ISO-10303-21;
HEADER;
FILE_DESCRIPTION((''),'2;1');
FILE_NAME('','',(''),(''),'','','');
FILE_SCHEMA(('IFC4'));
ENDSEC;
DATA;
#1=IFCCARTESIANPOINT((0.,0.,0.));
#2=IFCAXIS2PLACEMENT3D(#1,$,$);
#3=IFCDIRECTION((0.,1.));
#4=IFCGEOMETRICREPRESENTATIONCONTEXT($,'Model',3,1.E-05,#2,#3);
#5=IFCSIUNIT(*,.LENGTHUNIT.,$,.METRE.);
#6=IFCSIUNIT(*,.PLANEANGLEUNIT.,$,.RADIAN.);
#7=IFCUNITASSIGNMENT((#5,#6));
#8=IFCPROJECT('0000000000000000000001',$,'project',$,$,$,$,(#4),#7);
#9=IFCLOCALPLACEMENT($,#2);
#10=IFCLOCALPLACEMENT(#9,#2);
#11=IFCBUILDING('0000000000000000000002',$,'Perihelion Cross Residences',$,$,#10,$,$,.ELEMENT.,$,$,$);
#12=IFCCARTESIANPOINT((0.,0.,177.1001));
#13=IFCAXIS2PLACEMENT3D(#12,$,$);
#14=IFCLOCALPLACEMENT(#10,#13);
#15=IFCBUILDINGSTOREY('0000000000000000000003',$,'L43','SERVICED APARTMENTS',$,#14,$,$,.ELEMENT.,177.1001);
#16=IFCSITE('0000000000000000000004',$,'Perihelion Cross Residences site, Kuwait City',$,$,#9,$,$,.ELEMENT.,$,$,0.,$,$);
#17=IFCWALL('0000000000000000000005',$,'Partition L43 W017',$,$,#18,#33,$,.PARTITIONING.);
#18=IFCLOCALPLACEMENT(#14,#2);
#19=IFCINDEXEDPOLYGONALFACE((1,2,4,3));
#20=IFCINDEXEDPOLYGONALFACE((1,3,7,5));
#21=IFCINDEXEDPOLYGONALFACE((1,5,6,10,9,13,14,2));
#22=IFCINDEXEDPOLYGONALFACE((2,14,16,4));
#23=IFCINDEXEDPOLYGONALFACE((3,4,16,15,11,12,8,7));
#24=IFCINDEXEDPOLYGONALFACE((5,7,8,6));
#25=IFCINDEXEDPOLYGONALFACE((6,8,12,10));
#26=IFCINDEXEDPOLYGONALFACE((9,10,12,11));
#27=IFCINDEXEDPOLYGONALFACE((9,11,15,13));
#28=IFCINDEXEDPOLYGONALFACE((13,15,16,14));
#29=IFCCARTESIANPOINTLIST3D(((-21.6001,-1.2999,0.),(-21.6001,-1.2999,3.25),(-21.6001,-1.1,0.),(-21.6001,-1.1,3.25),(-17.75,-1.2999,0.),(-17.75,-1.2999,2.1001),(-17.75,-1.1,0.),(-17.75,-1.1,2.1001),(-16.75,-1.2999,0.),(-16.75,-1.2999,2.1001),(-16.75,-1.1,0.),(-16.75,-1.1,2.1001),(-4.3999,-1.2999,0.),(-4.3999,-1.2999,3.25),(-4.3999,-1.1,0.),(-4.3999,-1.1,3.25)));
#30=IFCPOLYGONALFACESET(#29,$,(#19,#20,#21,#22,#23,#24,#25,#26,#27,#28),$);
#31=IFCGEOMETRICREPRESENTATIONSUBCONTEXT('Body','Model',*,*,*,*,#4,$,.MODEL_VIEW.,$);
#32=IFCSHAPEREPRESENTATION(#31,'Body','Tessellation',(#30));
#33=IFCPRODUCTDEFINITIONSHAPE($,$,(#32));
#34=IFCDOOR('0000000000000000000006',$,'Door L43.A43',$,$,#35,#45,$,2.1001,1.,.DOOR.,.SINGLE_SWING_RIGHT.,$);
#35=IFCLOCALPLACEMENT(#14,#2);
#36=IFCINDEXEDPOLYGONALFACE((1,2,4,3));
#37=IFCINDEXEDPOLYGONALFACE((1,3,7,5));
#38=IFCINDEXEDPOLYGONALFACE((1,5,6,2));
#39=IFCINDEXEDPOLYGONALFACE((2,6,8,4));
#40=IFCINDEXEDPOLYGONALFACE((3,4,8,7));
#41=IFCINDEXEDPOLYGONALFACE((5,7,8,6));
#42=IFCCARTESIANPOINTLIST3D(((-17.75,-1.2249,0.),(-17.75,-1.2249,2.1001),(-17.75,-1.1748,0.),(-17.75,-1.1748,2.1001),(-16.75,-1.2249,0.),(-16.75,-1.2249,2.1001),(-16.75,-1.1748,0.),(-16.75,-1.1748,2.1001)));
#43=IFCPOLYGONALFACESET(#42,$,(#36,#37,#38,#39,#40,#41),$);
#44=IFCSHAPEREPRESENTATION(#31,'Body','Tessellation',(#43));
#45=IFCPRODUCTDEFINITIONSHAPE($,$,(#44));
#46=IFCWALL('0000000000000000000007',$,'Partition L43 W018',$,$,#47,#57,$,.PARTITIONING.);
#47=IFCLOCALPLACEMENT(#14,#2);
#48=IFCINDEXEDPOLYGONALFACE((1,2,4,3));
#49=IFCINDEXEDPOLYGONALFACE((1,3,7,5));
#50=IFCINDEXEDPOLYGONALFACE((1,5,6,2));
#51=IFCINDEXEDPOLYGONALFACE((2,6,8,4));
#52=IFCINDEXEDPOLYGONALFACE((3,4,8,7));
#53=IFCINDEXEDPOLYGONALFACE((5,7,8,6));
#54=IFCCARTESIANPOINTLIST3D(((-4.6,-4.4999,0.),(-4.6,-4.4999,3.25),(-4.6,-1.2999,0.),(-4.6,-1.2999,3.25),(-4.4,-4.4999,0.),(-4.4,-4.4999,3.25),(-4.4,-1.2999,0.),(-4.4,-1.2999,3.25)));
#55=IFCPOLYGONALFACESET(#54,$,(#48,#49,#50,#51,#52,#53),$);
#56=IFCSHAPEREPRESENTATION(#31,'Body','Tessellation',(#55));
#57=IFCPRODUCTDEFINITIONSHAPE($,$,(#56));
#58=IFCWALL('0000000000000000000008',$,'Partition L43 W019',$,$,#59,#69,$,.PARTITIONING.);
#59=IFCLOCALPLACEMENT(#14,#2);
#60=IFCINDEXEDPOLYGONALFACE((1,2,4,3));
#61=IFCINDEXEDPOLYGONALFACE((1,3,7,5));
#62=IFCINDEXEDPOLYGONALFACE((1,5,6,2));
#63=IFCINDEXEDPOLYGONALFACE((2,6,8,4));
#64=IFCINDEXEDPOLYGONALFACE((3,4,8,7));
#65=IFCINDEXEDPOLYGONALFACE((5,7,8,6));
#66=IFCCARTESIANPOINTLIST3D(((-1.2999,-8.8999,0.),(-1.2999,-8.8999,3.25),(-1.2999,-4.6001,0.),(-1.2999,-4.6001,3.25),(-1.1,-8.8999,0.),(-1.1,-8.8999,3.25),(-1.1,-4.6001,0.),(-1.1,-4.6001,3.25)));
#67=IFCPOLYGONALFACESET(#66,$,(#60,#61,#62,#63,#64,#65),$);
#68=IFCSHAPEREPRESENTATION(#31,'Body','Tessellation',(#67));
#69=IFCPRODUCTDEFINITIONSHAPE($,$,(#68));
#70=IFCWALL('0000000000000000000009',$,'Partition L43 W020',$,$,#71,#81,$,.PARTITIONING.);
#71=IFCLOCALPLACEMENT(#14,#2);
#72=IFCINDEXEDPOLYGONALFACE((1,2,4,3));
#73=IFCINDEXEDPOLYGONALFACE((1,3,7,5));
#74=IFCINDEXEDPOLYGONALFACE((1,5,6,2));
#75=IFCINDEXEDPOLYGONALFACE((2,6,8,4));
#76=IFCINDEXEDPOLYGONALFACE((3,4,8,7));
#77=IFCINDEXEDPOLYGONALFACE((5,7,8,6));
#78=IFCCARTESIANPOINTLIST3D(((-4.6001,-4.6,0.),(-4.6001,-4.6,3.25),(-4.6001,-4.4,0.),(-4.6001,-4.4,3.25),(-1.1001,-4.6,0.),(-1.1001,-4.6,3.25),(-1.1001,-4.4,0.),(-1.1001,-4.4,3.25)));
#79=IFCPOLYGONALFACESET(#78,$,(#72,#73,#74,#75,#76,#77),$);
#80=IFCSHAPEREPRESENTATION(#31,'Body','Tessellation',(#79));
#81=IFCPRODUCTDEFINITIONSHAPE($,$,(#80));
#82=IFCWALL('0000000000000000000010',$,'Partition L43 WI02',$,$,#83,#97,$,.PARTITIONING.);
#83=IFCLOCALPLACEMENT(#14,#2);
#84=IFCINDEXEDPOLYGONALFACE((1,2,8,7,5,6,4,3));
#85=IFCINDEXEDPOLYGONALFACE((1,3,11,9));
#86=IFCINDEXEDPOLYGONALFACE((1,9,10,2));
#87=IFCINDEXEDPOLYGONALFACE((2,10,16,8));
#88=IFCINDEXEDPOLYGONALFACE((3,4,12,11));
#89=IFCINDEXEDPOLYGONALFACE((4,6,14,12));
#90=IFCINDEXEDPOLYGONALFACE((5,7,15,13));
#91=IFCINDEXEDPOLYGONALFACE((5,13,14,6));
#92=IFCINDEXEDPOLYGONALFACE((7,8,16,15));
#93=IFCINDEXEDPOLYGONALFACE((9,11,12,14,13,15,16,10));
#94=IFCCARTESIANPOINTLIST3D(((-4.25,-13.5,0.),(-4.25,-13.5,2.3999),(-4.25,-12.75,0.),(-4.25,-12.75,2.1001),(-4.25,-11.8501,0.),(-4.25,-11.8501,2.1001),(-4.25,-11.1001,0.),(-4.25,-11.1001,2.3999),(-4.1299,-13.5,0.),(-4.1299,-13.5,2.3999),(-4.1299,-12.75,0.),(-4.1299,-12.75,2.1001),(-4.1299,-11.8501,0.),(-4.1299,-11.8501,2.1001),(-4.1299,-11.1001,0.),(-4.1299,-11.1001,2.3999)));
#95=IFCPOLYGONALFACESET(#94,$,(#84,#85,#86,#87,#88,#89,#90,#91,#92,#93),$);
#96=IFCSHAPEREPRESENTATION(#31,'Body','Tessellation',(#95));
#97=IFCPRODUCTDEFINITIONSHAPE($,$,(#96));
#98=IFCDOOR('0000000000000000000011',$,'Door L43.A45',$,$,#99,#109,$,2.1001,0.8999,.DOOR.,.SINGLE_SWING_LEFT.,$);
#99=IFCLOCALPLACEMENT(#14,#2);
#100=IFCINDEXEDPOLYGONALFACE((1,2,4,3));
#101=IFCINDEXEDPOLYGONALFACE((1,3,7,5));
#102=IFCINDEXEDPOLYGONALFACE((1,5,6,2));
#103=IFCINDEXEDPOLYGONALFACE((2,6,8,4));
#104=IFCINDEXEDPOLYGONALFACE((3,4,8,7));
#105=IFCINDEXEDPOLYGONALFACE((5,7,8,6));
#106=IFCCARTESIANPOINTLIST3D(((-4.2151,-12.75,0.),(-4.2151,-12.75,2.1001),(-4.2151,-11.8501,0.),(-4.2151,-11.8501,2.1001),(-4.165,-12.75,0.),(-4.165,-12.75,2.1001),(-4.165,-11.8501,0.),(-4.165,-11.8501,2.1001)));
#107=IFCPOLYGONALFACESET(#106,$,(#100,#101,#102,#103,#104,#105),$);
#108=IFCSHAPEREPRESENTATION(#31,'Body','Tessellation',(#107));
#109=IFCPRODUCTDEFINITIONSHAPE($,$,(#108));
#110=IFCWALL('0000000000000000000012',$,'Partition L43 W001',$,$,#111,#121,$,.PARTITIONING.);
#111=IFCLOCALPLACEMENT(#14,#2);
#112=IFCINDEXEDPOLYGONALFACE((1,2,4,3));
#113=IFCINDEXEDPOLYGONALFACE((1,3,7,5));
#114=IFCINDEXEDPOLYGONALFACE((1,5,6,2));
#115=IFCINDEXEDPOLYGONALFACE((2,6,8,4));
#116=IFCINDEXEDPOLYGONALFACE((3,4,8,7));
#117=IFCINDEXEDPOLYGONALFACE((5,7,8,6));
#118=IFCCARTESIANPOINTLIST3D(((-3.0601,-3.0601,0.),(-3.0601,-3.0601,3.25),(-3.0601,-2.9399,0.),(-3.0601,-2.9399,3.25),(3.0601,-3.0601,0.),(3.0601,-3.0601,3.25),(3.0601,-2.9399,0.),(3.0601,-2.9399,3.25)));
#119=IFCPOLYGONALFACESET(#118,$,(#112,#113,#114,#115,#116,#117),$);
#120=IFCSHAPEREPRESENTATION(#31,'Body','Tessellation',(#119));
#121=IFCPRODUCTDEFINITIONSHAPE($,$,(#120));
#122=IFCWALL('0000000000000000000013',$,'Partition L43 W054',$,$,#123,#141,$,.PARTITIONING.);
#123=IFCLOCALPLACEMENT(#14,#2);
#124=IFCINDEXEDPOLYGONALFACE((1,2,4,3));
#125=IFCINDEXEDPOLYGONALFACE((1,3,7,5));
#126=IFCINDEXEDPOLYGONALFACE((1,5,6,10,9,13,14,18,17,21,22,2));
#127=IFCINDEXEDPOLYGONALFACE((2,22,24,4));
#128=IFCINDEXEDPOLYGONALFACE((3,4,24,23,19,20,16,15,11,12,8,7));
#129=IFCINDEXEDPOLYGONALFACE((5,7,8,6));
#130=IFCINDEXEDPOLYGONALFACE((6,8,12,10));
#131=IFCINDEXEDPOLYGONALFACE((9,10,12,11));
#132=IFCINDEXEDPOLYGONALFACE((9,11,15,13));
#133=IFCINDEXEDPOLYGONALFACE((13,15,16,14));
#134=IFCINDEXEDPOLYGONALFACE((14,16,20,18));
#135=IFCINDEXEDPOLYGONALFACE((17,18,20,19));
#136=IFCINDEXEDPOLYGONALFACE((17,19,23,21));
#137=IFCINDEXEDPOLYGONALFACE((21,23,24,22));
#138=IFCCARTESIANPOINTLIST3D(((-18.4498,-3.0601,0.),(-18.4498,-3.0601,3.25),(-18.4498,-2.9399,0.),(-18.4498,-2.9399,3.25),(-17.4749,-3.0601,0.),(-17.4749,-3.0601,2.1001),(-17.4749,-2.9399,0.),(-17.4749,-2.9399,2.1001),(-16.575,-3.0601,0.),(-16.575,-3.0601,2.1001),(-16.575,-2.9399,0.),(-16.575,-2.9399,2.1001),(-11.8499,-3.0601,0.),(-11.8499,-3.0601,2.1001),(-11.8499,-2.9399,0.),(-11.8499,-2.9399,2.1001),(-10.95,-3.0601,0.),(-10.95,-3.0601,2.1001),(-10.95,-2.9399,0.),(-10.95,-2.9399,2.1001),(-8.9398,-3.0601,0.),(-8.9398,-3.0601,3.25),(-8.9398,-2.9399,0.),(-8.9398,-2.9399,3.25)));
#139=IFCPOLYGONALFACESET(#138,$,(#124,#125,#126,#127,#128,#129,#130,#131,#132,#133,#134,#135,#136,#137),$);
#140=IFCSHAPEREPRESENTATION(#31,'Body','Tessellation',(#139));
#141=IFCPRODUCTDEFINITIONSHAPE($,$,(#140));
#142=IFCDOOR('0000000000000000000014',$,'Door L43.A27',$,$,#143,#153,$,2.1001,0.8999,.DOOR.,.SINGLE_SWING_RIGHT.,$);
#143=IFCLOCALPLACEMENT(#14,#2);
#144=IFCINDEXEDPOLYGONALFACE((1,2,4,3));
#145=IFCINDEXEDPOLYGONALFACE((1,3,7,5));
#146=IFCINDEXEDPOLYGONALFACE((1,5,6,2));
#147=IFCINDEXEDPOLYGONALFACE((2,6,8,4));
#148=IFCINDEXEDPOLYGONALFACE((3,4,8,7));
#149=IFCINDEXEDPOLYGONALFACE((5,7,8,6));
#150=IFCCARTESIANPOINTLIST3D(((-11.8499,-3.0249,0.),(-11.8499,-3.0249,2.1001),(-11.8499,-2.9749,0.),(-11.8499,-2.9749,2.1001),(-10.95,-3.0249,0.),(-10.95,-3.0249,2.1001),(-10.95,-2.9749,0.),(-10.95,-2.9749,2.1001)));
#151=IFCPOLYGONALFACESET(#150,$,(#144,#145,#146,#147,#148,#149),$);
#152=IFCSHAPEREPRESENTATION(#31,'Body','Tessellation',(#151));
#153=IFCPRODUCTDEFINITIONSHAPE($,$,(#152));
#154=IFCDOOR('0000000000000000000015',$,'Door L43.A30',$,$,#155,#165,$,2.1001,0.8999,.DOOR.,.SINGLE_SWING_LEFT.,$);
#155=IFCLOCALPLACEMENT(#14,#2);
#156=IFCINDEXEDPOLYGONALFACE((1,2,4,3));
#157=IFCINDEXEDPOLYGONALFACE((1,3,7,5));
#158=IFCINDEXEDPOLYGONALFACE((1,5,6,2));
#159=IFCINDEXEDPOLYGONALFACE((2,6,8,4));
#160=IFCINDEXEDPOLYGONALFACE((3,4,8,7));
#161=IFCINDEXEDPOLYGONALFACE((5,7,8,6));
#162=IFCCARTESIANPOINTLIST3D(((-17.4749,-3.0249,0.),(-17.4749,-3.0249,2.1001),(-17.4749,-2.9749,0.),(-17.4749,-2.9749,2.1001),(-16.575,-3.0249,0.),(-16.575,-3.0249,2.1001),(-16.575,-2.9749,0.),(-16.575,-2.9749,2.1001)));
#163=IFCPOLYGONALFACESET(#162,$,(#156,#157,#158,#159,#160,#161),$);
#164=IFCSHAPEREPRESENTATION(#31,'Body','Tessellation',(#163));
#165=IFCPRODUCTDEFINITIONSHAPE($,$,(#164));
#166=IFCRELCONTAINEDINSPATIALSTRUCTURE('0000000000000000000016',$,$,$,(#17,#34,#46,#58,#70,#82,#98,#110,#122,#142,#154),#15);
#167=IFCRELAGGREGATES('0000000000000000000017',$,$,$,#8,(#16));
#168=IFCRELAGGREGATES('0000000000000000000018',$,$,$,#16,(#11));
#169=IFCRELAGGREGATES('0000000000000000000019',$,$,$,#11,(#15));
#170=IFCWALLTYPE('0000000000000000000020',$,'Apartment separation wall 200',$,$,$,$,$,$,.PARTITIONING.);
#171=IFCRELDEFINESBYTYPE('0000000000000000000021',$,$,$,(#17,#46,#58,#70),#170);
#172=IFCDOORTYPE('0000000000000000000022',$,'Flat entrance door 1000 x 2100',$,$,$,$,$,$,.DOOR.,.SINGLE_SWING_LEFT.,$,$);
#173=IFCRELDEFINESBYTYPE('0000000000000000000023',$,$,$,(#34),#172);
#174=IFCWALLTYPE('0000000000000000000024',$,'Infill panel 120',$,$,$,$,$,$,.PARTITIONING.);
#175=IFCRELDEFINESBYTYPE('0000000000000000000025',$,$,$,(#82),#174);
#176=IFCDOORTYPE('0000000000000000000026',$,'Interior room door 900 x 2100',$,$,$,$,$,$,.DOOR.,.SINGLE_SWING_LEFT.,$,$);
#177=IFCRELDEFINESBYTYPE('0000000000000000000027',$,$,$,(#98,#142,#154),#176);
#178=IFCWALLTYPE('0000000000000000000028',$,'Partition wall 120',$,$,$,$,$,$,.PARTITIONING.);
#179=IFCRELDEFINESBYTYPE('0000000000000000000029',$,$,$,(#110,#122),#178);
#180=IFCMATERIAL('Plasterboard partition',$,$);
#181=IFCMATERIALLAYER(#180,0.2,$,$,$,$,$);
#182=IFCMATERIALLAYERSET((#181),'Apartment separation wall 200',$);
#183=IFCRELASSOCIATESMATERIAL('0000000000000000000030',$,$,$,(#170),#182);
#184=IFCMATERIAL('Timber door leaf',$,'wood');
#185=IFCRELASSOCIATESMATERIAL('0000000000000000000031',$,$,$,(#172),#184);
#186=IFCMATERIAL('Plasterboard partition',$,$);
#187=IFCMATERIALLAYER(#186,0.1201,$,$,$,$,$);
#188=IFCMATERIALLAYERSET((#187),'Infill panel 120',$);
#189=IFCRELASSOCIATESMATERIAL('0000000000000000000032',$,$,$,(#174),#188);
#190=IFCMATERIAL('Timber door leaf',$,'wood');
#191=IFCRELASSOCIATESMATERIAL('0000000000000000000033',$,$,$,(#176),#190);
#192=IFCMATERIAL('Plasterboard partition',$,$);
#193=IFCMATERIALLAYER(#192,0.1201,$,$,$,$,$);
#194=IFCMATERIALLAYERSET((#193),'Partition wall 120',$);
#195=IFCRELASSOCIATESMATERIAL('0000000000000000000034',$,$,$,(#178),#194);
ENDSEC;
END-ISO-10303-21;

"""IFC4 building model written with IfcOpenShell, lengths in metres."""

from ifc_helpers import new_model, si_unit, direction, frame, frame_2d, origin, place, context, subcontext, project, spatial, rectangle, extrude, material, layer, layer_set, type_object, element, fill, save


model = new_model("IFC4")

# Units and contexts
model_context = context("Model", 3, precision=1e-05, world=origin(), true_north=direction((0.0, 1.0)))
body_context = subcontext(model_context, "Body", "Model", "MODEL_VIEW")
ifc_project = project(units=[si_unit("LENGTHUNIT", "METRE"), si_unit("PLANEANGLEUNIT", "RADIAN")], contexts=[model_context])

# Site, building, storey
site_placement = place(None, origin())
site = spatial("IfcSite", under=ifc_project, at=site_placement, Name="Perihelion Cross Residences site, Kuwait City", CompositionType="ELEMENT", RefElevation=0.0)
building_placement = place(site_placement, origin())
building = spatial("IfcBuilding", under=site, at=building_placement, Name="Perihelion Cross Residences", CompositionType="ELEMENT")
storey_placement = place(building_placement, frame((0.0, 0.0, 177.1001)))
storey = spatial("IfcBuildingStorey", under=building, at=storey_placement, Name="L43", Description="SERVICED APARTMENTS", CompositionType="ELEMENT", Elevation=177.1001)

# Wall, opening, door
ifc_material_1 = material(Name="Plasterboard partition")
ifc_layer_1 = layer(ifc_material_1, 0.2)
ifc_layer_set_1 = layer_set([ifc_layer_1], Name="Apartment separation wall 200")
wall_type_1 = type_object("IfcWallType", Name="Apartment separation wall 200", PredefinedType="PARTITIONING", material=ifc_layer_set_1)
wall_1_placement = place(storey_placement, frame((-4.3999, -1.2, 0.0), z_axis=(0.0, 0.0, 1.0), x_axis=(-1.0, 0.0, 0.0)))
wall_1 = element("IfcWall", 1, at=wall_1_placement, inside=storey, type_object=wall_type_1, Name="Partition L43 W017", PredefinedType="PARTITIONING", context=body_context, shape_type="SweptSolid", body=[
    extrude(rectangle(XDim=17.2002, YDim=0.2, at=frame_2d((8.6001, 0.0))), origin(), (0.0, 0.0, 1.0), 3.25),
])
opening_1_placement = place(wall_1_placement, frame((12.3501, 0.0, 0.0)))
opening_1 = element("IfcOpeningElement", 2, at=opening_1_placement, cuts=wall_1, PredefinedType="OPENING", context=body_context, shape_type="SweptSolid", body=[
    extrude(rectangle(XDim=1.0, YDim=2.1001, at=frame_2d((0.5, 1.05))), frame((0.0, 0.1099, 0.0), z_axis=(0.0, -1.0, 0.0), x_axis=(1.0, 0.0, 0.0)), (0.0, 0.0, 1.0), 0.22),
])
ifc_material_2 = material(Name="Timber door leaf", Category="wood")
door_type_1 = type_object("IfcDoorType", Name="Flat entrance door 1000 x 2100", OperationType="SINGLE_SWING_LEFT", PredefinedType="DOOR", material=ifc_material_2)
door_1_placement = place(opening_1_placement, origin())
door_1 = element("IfcDoor", 3, at=door_1_placement, inside=storey, type_object=door_type_1, Name="Door L43.A43", OperationType="SINGLE_SWING_RIGHT", OverallHeight=2.1001, OverallWidth=1.0, PredefinedType="DOOR", context=body_context, shape_type="SweptSolid", body=[
    extrude(rectangle(XDim=1.0, YDim=2.1001, at=frame_2d((0.5, 1.05))), frame((0.0, 0.0249, 0.0), z_axis=(0.0, -1.0, 0.0), x_axis=(1.0, 0.0, 0.0)), (0.0, 0.0, 1.0), 0.05),
])
fill(opening_1, door_1)

# Walls
wall_2_placement = place(storey_placement, frame((-4.5, -4.5, 0.0), z_axis=(0.0, 0.0, 1.0), x_axis=(0.0, 1.0, 0.0)))
element("IfcWall", 4, at=wall_2_placement, inside=storey, type_object=wall_type_1, Name="Partition L43 W018", PredefinedType="PARTITIONING", context=body_context, shape_type="SweptSolid", body=[
    extrude(rectangle(XDim=3.2, YDim=0.2, at=frame_2d((1.6001, 0.0))), origin(), (0.0, 0.0, 1.0), 3.25),
])
wall_3_placement = place(storey_placement, frame((-1.2, -8.8999, 0.0), z_axis=(0.0, 0.0, 1.0), x_axis=(0.0, 1.0, 0.0)))
element("IfcWall", 5, at=wall_3_placement, inside=storey, type_object=wall_type_1, Name="Partition L43 W019", PredefinedType="PARTITIONING", context=body_context, shape_type="SweptSolid", body=[
    extrude(rectangle(XDim=4.2998, YDim=0.2, at=frame_2d((2.1499, 0.0))), origin(), (0.0, 0.0, 1.0), 3.25),
])
wall_4_placement = place(storey_placement, frame((-1.1001, -4.5, 0.0), z_axis=(0.0, 0.0, 1.0), x_axis=(-1.0, 0.0, 0.0)))
element("IfcWall", 6, at=wall_4_placement, inside=storey, type_object=wall_type_1, Name="Partition L43 W020", PredefinedType="PARTITIONING", context=body_context, shape_type="SweptSolid", body=[
    extrude(rectangle(XDim=3.5, YDim=0.2, at=frame_2d((1.75, 0.0))), origin(), (0.0, 0.0, 1.0), 3.25),
])

# Wall, opening, door
ifc_material_3 = material(Name="Plasterboard partition")
ifc_layer_2 = layer(ifc_material_3, 0.1201)
ifc_layer_set_2 = layer_set([ifc_layer_2], Name="Infill panel 120")
wall_type_2 = type_object("IfcWallType", Name="Infill panel 120", PredefinedType="PARTITIONING", material=ifc_layer_set_2)
wall_5_placement = place(storey_placement, frame((-4.1899, -11.1001, 0.0), z_axis=(0.0, 0.0, 1.0), x_axis=(0.0, -1.0, 0.0)))
wall_5 = element("IfcWall", 7, at=wall_5_placement, inside=storey, type_object=wall_type_2, Name="Partition L43 WI02", PredefinedType="PARTITIONING", context=body_context, shape_type="SweptSolid", body=[
    extrude(rectangle(XDim=2.3999, YDim=0.1201, at=frame_2d((1.2, 0.0))), origin(), (0.0, 0.0, 1.0), 2.3999),
])
opening_2_placement = place(wall_5_placement, frame((0.75, 0.0, 0.0)))
opening_2 = element("IfcOpeningElement", 8, at=opening_2_placement, cuts=wall_5, PredefinedType="OPENING", context=body_context, shape_type="SweptSolid", body=[
    extrude(rectangle(XDim=0.8999, YDim=2.1001, at=frame_2d((0.45, 1.05))), frame((0.0, 0.0701, 0.0), z_axis=(0.0, -1.0, 0.0), x_axis=(1.0, 0.0, 0.0)), (0.0, 0.0, 1.0), 0.1401),
])
ifc_material_4 = material(Name="Timber door leaf", Category="wood")
door_type_2 = type_object("IfcDoorType", Name="Interior room door 900 x 2100", OperationType="SINGLE_SWING_LEFT", PredefinedType="DOOR", material=ifc_material_4)
door_2_placement = place(opening_2_placement, origin())
door_2 = element("IfcDoor", 9, at=door_2_placement, inside=storey, type_object=door_type_2, Name="Door L43.A45", OperationType="SINGLE_SWING_LEFT", OverallHeight=2.1001, OverallWidth=0.8999, PredefinedType="DOOR", context=body_context, shape_type="SweptSolid", body=[
    extrude(rectangle(XDim=0.8999, YDim=2.1001, at=frame_2d((0.45, 1.05))), frame((0.0, 0.0249, 0.0), z_axis=(0.0, -1.0, 0.0), x_axis=(1.0, 0.0, 0.0)), (0.0, 0.0, 1.0), 0.05),
])
fill(opening_2, door_2)

# Wall
ifc_material_5 = material(Name="Plasterboard partition")
ifc_layer_3 = layer(ifc_material_5, 0.1201)
ifc_layer_set_3 = layer_set([ifc_layer_3], Name="Partition wall 120")
wall_type_3 = type_object("IfcWallType", Name="Partition wall 120", PredefinedType="PARTITIONING", material=ifc_layer_set_3)
wall_6_placement = place(storey_placement, frame((-3.0601, -3.0, 0.0), z_axis=(0.0, 0.0, 1.0), x_axis=(1.0, 0.0, 0.0)))
element("IfcWall", 10, at=wall_6_placement, inside=storey, type_object=wall_type_3, Name="Partition L43 W001", PredefinedType="PARTITIONING", context=body_context, shape_type="SweptSolid", body=[
    extrude(rectangle(XDim=6.1201, YDim=0.1201, at=frame_2d((3.0601, 0.0))), origin(), (0.0, 0.0, 1.0), 3.25),
])

# Wall, openings, doors
wall_7_placement = place(storey_placement, frame((-8.9399, -3.0, 0.0), z_axis=(0.0, 0.0, 1.0), x_axis=(-1.0, 0.0, 0.0)))
wall_7 = element("IfcWall", 11, at=wall_7_placement, inside=storey, type_object=wall_type_3, Name="Partition L43 W054", PredefinedType="PARTITIONING", context=body_context, shape_type="SweptSolid", body=[
    extrude(rectangle(XDim=9.51, YDim=0.1201, at=frame_2d((4.7549, 0.0))), origin(), (0.0, 0.0, 1.0), 3.25),
])
opening_3_placement = place(wall_7_placement, frame((2.01, 0.0, 0.0)))
opening_3 = element("IfcOpeningElement", 12, at=opening_3_placement, cuts=wall_7, PredefinedType="OPENING", context=body_context, shape_type="SweptSolid", body=[
    extrude(rectangle(XDim=0.8999, YDim=2.1001, at=frame_2d((0.45, 1.05))), frame((0.0, 0.0701, 0.0), z_axis=(0.0, -1.0, 0.0), x_axis=(1.0, 0.0, 0.0)), (0.0, 0.0, 1.0), 0.1401),
])
opening_4_placement = place(wall_7_placement, frame((7.635, 0.0, 0.0)))
opening_4 = element("IfcOpeningElement", 13, at=opening_4_placement, cuts=wall_7, PredefinedType="OPENING", context=body_context, shape_type="SweptSolid", body=[
    extrude(rectangle(XDim=0.8999, YDim=2.1001, at=frame_2d((0.45, 1.05))), frame((0.0, 0.0701, 0.0), z_axis=(0.0, -1.0, 0.0), x_axis=(1.0, 0.0, 0.0)), (0.0, 0.0, 1.0), 0.1401),
])
door_3_placement = place(opening_3_placement, origin())
door_3 = element("IfcDoor", 14, at=door_3_placement, inside=storey, type_object=door_type_2, Name="Door L43.A27", OperationType="SINGLE_SWING_RIGHT", OverallHeight=2.1001, OverallWidth=0.8999, PredefinedType="DOOR", context=body_context, shape_type="SweptSolid", body=[
    extrude(rectangle(XDim=0.8999, YDim=2.1001, at=frame_2d((0.45, 1.05))), frame((0.0, 0.0249, 0.0), z_axis=(0.0, -1.0, 0.0), x_axis=(1.0, 0.0, 0.0)), (0.0, 0.0, 1.0), 0.05),
])
fill(opening_3, door_3)
door_4_placement = place(opening_4_placement, origin())
door_4 = element("IfcDoor", 15, at=door_4_placement, inside=storey, type_object=door_type_2, Name="Door L43.A30", OperationType="SINGLE_SWING_LEFT", OverallHeight=2.1001, OverallWidth=0.8999, PredefinedType="DOOR", context=body_context, shape_type="SweptSolid", body=[
    extrude(rectangle(XDim=0.8999, YDim=2.1001, at=frame_2d((0.45, 1.05))), frame((0.0, 0.0249, 0.0), z_axis=(0.0, -1.0, 0.0), x_axis=(1.0, 0.0, 0.0)), (0.0, 0.0, 1.0), 0.05),
])
fill(opening_4, door_4)

save(model, "model.ifc")
